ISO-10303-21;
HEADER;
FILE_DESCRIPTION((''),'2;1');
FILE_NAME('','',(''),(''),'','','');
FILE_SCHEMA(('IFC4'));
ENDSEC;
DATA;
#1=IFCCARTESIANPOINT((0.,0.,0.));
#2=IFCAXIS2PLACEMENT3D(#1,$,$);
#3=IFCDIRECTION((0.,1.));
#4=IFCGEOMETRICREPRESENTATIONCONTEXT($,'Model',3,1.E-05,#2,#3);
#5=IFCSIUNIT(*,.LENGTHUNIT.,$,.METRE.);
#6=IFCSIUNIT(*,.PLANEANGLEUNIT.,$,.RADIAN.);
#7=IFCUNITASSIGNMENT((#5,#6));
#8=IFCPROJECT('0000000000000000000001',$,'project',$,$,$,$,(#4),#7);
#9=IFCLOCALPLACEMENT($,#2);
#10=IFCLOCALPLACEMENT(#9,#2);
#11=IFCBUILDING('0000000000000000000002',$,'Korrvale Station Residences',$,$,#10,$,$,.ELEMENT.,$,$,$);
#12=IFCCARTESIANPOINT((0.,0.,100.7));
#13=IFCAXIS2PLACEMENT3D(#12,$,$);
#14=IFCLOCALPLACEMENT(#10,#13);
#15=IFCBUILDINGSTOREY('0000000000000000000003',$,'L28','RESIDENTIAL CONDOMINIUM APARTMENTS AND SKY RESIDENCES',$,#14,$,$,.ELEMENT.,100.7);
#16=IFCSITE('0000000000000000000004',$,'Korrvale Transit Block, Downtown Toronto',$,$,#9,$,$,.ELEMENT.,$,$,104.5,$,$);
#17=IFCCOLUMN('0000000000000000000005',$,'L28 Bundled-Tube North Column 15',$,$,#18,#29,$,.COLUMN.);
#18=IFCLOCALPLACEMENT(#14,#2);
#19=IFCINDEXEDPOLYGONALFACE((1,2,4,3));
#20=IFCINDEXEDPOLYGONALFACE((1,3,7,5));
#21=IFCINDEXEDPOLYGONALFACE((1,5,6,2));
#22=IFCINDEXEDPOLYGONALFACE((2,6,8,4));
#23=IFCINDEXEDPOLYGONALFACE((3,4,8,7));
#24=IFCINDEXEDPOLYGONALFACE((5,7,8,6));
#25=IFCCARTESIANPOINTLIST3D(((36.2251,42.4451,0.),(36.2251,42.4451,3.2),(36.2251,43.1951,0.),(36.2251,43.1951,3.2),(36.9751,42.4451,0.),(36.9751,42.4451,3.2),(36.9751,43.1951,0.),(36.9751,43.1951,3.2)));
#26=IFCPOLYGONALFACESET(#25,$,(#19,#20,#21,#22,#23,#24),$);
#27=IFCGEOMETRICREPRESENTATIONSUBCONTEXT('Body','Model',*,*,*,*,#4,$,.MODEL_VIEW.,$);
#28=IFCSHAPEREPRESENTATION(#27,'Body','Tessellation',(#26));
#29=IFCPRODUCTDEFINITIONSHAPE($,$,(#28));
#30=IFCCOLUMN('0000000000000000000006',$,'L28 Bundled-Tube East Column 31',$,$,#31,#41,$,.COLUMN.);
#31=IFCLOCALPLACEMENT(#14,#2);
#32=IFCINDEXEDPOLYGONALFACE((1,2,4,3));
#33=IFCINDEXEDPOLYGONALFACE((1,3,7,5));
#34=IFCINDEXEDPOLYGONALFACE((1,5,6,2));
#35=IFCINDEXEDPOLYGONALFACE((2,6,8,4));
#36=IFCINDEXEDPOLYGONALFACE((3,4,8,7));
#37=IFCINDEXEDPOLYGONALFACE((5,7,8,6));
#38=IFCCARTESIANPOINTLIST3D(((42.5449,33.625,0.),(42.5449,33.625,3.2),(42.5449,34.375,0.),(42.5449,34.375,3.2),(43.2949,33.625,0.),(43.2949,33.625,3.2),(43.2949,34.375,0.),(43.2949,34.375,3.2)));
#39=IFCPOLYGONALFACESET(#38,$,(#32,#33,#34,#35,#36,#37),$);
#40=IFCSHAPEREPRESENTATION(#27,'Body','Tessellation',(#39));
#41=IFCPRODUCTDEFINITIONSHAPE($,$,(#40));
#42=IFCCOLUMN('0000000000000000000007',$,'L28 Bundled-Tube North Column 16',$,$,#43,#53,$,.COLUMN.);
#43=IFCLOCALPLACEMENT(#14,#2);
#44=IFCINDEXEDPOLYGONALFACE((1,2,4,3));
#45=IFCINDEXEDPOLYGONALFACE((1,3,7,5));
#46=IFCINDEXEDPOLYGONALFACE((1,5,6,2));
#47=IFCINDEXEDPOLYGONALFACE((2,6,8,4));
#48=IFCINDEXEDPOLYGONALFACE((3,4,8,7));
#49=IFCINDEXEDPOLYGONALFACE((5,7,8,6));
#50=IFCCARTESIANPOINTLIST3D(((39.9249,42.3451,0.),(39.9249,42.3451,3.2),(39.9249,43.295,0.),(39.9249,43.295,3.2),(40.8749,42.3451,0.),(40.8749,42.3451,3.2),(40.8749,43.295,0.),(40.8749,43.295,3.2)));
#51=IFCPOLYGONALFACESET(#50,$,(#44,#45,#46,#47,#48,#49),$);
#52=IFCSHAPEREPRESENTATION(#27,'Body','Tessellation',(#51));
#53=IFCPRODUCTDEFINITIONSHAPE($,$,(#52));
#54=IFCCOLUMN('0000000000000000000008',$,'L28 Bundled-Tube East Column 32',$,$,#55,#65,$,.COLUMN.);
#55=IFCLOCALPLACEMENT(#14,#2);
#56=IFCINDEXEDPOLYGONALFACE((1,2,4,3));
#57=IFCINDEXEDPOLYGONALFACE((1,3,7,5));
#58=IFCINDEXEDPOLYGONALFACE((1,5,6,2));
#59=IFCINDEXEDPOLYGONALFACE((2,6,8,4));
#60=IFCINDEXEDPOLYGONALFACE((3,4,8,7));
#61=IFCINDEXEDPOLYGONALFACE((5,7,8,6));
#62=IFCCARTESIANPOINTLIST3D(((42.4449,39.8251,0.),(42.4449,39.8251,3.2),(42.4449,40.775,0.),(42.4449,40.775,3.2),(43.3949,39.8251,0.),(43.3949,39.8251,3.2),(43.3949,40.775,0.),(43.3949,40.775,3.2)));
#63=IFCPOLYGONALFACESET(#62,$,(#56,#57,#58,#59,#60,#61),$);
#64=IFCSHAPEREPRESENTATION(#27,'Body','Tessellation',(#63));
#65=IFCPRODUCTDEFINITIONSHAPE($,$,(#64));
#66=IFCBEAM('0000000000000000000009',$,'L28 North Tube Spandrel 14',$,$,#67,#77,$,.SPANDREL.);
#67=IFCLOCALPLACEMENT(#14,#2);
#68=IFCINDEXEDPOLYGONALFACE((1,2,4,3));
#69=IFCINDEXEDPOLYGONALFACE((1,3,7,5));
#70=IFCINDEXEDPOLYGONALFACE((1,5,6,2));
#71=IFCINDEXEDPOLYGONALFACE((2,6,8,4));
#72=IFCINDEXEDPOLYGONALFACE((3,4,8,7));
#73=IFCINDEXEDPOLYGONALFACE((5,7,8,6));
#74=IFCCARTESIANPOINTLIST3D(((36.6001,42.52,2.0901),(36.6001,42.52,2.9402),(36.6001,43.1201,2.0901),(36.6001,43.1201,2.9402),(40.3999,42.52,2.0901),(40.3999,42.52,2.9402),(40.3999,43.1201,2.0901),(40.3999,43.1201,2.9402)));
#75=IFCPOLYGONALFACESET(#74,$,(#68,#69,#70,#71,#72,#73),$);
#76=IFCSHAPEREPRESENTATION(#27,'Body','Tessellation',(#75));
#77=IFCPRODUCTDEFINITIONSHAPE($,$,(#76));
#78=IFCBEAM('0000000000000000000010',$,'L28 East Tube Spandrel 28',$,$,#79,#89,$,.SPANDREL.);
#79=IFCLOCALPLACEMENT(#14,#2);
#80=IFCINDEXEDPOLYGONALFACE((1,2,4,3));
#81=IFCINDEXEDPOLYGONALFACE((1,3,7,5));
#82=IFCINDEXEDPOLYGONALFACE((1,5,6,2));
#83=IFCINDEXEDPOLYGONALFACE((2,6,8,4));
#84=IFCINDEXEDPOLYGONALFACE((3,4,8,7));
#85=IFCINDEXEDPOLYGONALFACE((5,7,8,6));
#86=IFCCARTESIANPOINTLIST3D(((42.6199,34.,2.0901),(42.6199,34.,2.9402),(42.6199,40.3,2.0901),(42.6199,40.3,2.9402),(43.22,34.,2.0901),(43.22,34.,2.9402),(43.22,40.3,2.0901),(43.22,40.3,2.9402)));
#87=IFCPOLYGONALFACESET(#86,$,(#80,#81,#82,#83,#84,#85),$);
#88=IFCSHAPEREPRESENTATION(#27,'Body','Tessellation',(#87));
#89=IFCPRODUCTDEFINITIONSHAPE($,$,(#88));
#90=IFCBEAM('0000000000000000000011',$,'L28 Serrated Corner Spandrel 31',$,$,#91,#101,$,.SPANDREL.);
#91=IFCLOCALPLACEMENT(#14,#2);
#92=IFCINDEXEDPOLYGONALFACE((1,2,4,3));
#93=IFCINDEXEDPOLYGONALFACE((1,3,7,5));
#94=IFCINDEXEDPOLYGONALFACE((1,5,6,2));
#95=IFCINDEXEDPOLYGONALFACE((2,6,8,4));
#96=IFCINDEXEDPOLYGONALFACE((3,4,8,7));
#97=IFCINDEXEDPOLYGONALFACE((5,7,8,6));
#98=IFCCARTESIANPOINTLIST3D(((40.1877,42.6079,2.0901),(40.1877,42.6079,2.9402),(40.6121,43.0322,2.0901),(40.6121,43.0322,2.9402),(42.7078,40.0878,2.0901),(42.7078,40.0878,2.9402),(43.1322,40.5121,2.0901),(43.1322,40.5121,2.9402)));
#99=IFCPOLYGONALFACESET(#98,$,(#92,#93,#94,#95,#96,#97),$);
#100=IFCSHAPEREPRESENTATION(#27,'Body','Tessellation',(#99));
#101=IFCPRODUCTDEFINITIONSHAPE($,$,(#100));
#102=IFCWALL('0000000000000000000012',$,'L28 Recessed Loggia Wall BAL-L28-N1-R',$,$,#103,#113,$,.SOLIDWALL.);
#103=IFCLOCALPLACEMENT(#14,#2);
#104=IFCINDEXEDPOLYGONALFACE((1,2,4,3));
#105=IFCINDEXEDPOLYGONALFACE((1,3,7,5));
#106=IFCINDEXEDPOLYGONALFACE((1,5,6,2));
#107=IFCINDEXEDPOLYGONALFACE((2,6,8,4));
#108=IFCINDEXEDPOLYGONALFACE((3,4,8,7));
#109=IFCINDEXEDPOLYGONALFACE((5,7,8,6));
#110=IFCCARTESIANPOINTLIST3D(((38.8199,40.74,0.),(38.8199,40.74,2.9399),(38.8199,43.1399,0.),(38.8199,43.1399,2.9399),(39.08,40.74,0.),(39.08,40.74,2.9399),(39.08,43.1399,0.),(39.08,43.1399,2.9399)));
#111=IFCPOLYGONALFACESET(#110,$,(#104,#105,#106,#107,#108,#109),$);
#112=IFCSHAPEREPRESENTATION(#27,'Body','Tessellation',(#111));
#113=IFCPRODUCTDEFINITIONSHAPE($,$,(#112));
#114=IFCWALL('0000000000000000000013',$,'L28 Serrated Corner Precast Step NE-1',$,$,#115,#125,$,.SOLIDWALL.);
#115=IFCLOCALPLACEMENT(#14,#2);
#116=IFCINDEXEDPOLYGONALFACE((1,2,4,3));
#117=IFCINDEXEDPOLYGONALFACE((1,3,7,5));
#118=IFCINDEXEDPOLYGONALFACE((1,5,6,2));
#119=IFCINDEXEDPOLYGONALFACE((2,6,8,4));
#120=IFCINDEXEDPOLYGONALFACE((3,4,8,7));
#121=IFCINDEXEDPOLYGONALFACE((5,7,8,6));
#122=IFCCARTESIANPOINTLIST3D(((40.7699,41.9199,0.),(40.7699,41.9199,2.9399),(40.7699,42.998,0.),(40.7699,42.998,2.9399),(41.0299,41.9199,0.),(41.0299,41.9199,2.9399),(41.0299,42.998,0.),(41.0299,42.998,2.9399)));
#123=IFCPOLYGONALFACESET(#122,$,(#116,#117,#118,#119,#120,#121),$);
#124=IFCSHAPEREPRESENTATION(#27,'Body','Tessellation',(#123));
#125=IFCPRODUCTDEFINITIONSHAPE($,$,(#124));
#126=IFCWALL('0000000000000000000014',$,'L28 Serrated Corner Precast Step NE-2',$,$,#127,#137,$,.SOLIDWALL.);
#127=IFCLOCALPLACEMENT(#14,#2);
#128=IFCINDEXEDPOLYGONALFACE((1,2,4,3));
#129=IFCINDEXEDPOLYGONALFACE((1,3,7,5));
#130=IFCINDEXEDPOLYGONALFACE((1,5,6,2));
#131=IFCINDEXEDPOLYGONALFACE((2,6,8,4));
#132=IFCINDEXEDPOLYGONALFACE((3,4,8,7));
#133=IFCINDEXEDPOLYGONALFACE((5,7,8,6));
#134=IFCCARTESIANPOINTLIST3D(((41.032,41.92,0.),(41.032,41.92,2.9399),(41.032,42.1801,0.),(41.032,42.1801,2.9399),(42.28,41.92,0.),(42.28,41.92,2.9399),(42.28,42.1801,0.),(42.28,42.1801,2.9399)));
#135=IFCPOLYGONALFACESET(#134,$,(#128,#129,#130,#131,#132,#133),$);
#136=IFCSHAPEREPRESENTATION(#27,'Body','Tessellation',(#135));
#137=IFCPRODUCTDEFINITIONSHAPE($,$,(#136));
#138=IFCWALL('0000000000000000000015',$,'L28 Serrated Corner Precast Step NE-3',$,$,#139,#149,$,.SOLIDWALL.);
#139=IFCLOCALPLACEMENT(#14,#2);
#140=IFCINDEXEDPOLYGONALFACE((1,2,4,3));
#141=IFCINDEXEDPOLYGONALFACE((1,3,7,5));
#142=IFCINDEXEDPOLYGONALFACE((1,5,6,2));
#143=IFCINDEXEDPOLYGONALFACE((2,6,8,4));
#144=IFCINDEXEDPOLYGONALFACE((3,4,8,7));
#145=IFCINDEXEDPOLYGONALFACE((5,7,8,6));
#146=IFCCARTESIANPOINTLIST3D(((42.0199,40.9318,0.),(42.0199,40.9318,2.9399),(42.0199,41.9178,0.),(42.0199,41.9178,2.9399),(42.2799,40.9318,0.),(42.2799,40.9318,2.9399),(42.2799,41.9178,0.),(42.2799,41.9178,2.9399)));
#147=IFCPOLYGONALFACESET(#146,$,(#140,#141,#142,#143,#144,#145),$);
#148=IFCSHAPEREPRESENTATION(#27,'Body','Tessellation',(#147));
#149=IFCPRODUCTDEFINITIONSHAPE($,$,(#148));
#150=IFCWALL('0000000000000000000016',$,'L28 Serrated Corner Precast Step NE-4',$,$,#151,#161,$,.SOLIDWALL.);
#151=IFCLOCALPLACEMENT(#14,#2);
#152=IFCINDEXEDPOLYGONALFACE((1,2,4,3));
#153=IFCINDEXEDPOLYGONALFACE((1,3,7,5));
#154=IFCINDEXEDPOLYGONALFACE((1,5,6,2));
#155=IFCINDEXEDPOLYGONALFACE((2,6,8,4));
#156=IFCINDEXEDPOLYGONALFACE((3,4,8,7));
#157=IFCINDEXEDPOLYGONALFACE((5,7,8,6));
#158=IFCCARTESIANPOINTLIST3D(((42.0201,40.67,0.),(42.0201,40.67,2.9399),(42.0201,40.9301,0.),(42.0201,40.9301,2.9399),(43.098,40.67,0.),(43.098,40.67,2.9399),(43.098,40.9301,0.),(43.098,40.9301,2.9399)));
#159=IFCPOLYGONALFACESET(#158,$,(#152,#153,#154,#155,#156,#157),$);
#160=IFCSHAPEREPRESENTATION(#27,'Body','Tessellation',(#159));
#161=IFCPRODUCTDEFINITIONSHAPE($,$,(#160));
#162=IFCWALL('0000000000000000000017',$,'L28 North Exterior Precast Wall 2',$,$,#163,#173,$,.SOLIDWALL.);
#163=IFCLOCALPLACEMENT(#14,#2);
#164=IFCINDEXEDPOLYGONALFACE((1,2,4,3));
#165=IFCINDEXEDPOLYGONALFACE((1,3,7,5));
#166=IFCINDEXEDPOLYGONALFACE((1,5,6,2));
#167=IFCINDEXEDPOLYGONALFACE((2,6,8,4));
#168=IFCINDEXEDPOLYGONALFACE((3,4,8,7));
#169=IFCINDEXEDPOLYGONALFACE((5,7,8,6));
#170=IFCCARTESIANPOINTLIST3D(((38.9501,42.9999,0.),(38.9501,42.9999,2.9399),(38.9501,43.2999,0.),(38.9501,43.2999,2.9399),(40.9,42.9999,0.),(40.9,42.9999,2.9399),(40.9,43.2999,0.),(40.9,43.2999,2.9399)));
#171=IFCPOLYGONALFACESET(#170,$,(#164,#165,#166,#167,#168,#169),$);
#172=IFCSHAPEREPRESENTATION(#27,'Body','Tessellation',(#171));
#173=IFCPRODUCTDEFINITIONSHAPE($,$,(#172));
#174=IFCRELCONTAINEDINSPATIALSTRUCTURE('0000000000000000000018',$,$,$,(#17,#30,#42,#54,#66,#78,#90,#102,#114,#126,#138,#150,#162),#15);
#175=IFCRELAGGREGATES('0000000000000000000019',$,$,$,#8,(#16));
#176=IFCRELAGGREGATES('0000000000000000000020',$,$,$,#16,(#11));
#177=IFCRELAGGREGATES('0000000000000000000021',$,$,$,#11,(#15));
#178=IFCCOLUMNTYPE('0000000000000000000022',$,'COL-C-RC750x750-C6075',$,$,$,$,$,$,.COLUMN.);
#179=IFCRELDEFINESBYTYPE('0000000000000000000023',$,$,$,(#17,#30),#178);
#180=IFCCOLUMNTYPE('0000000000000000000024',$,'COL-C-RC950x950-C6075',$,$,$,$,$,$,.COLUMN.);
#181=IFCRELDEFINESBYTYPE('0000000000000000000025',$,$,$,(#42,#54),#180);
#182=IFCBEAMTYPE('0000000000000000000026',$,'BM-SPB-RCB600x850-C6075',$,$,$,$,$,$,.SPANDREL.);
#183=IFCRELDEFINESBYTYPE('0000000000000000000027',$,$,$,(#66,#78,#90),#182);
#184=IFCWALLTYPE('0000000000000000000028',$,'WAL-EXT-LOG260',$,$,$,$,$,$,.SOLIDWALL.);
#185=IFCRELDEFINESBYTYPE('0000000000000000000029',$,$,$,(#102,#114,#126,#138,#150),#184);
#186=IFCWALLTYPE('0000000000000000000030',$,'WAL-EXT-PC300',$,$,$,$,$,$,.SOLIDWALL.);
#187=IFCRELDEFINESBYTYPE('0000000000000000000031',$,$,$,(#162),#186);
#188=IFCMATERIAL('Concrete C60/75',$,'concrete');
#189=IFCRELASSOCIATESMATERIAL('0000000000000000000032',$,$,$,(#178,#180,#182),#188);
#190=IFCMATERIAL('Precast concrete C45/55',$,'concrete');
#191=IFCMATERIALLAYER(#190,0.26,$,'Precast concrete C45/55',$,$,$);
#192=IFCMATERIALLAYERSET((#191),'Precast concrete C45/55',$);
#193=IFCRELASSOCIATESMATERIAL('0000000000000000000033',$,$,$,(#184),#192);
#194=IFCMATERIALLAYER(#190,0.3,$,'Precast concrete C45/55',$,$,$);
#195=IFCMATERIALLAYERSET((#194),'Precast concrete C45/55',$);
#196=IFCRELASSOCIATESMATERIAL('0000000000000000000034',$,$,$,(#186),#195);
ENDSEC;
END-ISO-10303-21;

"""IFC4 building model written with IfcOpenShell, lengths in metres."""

from ifc_helpers import new_model, si_unit, direction, frame, frame_2d, origin, origin_2d, place, context, subcontext, project, spatial, rectangle, extrude, material, layer, layer_set, material_profile, profile_set, type_object, element, save


model = new_model("IFC4")

# Units and contexts
model_context = context("Model", 3, precision=1e-05, world=origin(), true_north=direction((0.0, 1.0)))
body_context = subcontext(model_context, "Body", "Model", "MODEL_VIEW")
ifc_project = project(units=[si_unit("LENGTHUNIT", "METRE"), si_unit("PLANEANGLEUNIT", "RADIAN")], contexts=[model_context])

# Site, building, storey
site_placement = place(None, origin())
site = spatial("IfcSite", under=ifc_project, at=site_placement, Name="Korrvale Transit Block, Downtown Toronto", CompositionType="ELEMENT", RefElevation=104.5)
building_placement = place(site_placement, origin())
building = spatial("IfcBuilding", under=site, at=building_placement, Name="Korrvale Station Residences", CompositionType="ELEMENT")
storey_placement = place(building_placement, frame((0.0, 0.0, 100.7)))
storey = spatial("IfcBuildingStorey", under=building, at=storey_placement, Name="L28", Description="RESIDENTIAL CONDOMINIUM APARTMENTS AND SKY RESIDENCES", CompositionType="ELEMENT", Elevation=100.7)

# Columns
ifc_material_1 = material(Name="Concrete C60/75", Category="concrete")
ifc_material_profile_1 = material_profile(ifc_material_1, rectangle(XDim=0.75, YDim=0.75, at=origin_2d()), Name="RC750x750")
ifc_profile_set_1 = profile_set([ifc_material_profile_1], Name="Concrete C60/75")
column_type_1 = type_object("IfcColumnType", Name="COL-C-RC750x750-C6075", PredefinedType="COLUMN", material=ifc_profile_set_1)
for number, where, z_axis, x_axis, name in (
    (1, (36.6001, 42.8201, 0.0), (0.0, 0.0, 1.0), (1.0, 0.0, 0.0), "L28 Bundled-Tube North Column 15"),
    (2, (42.9199, 34.0, 0.0), (0.0, 0.0, 1.0), (1.0, 0.0, 0.0), "L28 Bundled-Tube East Column 31"),
):
    element("IfcColumn", number, at=place(storey_placement, frame(where, z_axis=z_axis, x_axis=x_axis)), inside=storey, type_object=column_type_1, Name=name, PredefinedType="COLUMN", context=body_context, shape_type="SweptSolid", body=[
        extrude(rectangle(XDim=0.75, YDim=0.75, at=origin_2d()), origin(), (0.0, 0.0, 1.0), 3.2),
    ])
ifc_material_profile_2 = material_profile(ifc_material_1, rectangle(XDim=0.95, YDim=0.95, at=origin_2d()), Name="RC950x950")
ifc_profile_set_2 = profile_set([ifc_material_profile_2], Name="Concrete C60/75")
column_type_2 = type_object("IfcColumnType", Name="COL-C-RC950x950-C6075", PredefinedType="COLUMN", material=ifc_profile_set_2)
for number, where, z_axis, x_axis, name in (
    (3, (40.3999, 42.8201, 0.0), (0.0, 0.0, 1.0), (1.0, 0.0, 0.0), "L28 Bundled-Tube North Column 16"),
    (4, (42.9199, 40.3, 0.0), (0.0, 0.0, 1.0), (1.0, 0.0, 0.0), "L28 Bundled-Tube East Column 32"),
):
    element("IfcColumn", number, at=place(storey_placement, frame(where, z_axis=z_axis, x_axis=x_axis)), inside=storey, type_object=column_type_2, Name=name, PredefinedType="COLUMN", context=body_context, shape_type="SweptSolid", body=[
        extrude(rectangle(XDim=0.95, YDim=0.95, at=origin_2d()), origin(), (0.0, 0.0, 1.0), 3.2),
    ])

# Beams
ifc_material_profile_3 = material_profile(ifc_material_1, rectangle(XDim=0.6001, YDim=0.8501, at=origin_2d()), Name="RCB600x850")
ifc_profile_set_3 = profile_set([ifc_material_profile_3], Name="Concrete C60/75")
beam_type = type_object("IfcBeamType", Name="BM-SPB-RCB600x850-C6075", PredefinedType="SPANDREL", material=ifc_profile_set_3)
beam_1_placement = place(storey_placement, frame((36.6001, 42.8201, 2.5151), z_axis=(1.0, 0.0, 0.0), x_axis=(0.0, 1.0, 0.0)))
element("IfcBeam", 5, at=beam_1_placement, inside=storey, type_object=beam_type, Name="L28 North Tube Spandrel 14", PredefinedType="SPANDREL", context=body_context, shape_type="SweptSolid", body=[
    extrude(rectangle(XDim=0.6001, YDim=0.8501, at=origin_2d()), origin(), (0.0, 0.0, 1.0), 3.7998),
])
beam_2_placement = place(storey_placement, frame((42.9199, 34.0, 2.5151), z_axis=(0.0, 1.0, 0.0), x_axis=(-1.0, 0.0, 0.0)))
element("IfcBeam", 6, at=beam_2_placement, inside=storey, type_object=beam_type, Name="L28 East Tube Spandrel 28", PredefinedType="SPANDREL", context=body_context, shape_type="SweptSolid", body=[
    extrude(rectangle(XDim=0.6001, YDim=0.8501, at=origin_2d()), origin(), (0.0, 0.0, 1.0), 6.3),
])
beam_3_placement = place(storey_placement, frame((40.3999, 42.8201, 2.5151), z_axis=(0.707107, -0.707107, 0.0), x_axis=(0.707107, 0.707107, 0.0)))
element("IfcBeam", 7, at=beam_3_placement, inside=storey, type_object=beam_type, Name="L28 Serrated Corner Spandrel 31", PredefinedType="SPANDREL", context=body_context, shape_type="SweptSolid", body=[
    extrude(rectangle(XDim=0.6001, YDim=0.8501, at=origin_2d()), origin(), (0.0, 0.0, 1.0), 3.564),
])

# Walls
ifc_material_2 = material(Name="Precast concrete C45/55", Category="concrete")
ifc_layer_1 = layer(ifc_material_2, 0.26, Name="Precast concrete C45/55")
ifc_layer_set_1 = layer_set([ifc_layer_1], Name="Precast concrete C45/55")
wall_type_1 = type_object("IfcWallType", Name="WAL-EXT-LOG260", PredefinedType="SOLIDWALL", material=ifc_layer_set_1)
wall_1_placement = place(storey_placement, frame((38.95, 40.74, 0.0), z_axis=(0.0, 0.0, 1.0), x_axis=(0.0, 1.0, 0.0)))
element("IfcWall", 8, at=wall_1_placement, inside=storey, type_object=wall_type_1, Name="L28 Recessed Loggia Wall BAL-L28-N1-R", PredefinedType="SOLIDWALL", context=body_context, shape_type="SweptSolid", body=[
    extrude(rectangle(XDim=2.3999, YDim=0.26, at=frame_2d((1.2, 0.0))), origin(), (0.0, 0.0, 1.0), 2.9399),
])
wall_2_placement = place(storey_placement, frame((40.8999, 42.998, 0.0), z_axis=(0.0, 0.0, 1.0), x_axis=(0.0, -1.0, 0.0)))
element("IfcWall", 9, at=wall_2_placement, inside=storey, type_object=wall_type_1, Name="L28 Serrated Corner Precast Step NE-1", PredefinedType="SOLIDWALL", context=body_context, shape_type="SweptSolid", body=[
    extrude(rectangle(XDim=1.0781, YDim=0.26, at=frame_2d((0.5391, 0.0))), origin(), (0.0, 0.0, 1.0), 2.9399),
])
wall_3_placement = place(storey_placement, frame((41.032, 42.05, 0.0), z_axis=(0.0, 0.0, 1.0), x_axis=(1.0, 0.0, 0.0)))
element("IfcWall", 10, at=wall_3_placement, inside=storey, type_object=wall_type_1, Name="L28 Serrated Corner Precast Step NE-2", PredefinedType="SOLIDWALL", context=body_context, shape_type="SweptSolid", body=[
    extrude(rectangle(XDim=1.248, YDim=0.26, at=frame_2d((0.624, 0.0))), origin(), (0.0, 0.0, 1.0), 2.9399),
])
wall_4_placement = place(storey_placement, frame((42.1499, 41.918, 0.0), z_axis=(0.0, 0.0, 1.0), x_axis=(0.0, -1.0, 0.0)))
element("IfcWall", 11, at=wall_4_placement, inside=storey, type_object=wall_type_1, Name="L28 Serrated Corner Precast Step NE-3", PredefinedType="SOLIDWALL", context=body_context, shape_type="SweptSolid", body=[
    extrude(rectangle(XDim=0.9861, YDim=0.26, at=frame_2d((0.4932, 0.0))), origin(), (0.0, 0.0, 1.0), 2.9399),
])
wall_5_placement = place(storey_placement, frame((42.02, 40.8, 0.0), z_axis=(0.0, 0.0, 1.0), x_axis=(1.0, 0.0, 0.0)))
element("IfcWall", 12, at=wall_5_placement, inside=storey, type_object=wall_type_1, Name="L28 Serrated Corner Precast Step NE-4", PredefinedType="SOLIDWALL", context=body_context, shape_type="SweptSolid", body=[
    extrude(rectangle(XDim=1.0779, YDim=0.26, at=frame_2d((0.5391, 0.0))), origin(), (0.0, 0.0, 1.0), 2.9399),
])
ifc_layer_2 = layer(ifc_material_2, 0.3, Name="Precast concrete C45/55")
ifc_layer_set_2 = layer_set([ifc_layer_2], Name="Precast concrete C45/55")
wall_type_2 = type_object("IfcWallType", Name="WAL-EXT-PC300", PredefinedType="SOLIDWALL", material=ifc_layer_set_2)
wall_6_placement = place(storey_placement, frame((38.95, 43.1499, 0.0), z_axis=(0.0, 0.0, 1.0), x_axis=(1.0, 0.0, 0.0)))
element("IfcWall", 13, at=wall_6_placement, inside=storey, type_object=wall_type_2, Name="L28 North Exterior Precast Wall 2", PredefinedType="SOLIDWALL", context=body_context, shape_type="SweptSolid", body=[
    extrude(rectangle(XDim=1.95, YDim=0.3, at=frame_2d((0.9751, 0.0))), origin(), (0.0, 0.0, 1.0), 2.9399),
])

save(model, "model.ifc")
